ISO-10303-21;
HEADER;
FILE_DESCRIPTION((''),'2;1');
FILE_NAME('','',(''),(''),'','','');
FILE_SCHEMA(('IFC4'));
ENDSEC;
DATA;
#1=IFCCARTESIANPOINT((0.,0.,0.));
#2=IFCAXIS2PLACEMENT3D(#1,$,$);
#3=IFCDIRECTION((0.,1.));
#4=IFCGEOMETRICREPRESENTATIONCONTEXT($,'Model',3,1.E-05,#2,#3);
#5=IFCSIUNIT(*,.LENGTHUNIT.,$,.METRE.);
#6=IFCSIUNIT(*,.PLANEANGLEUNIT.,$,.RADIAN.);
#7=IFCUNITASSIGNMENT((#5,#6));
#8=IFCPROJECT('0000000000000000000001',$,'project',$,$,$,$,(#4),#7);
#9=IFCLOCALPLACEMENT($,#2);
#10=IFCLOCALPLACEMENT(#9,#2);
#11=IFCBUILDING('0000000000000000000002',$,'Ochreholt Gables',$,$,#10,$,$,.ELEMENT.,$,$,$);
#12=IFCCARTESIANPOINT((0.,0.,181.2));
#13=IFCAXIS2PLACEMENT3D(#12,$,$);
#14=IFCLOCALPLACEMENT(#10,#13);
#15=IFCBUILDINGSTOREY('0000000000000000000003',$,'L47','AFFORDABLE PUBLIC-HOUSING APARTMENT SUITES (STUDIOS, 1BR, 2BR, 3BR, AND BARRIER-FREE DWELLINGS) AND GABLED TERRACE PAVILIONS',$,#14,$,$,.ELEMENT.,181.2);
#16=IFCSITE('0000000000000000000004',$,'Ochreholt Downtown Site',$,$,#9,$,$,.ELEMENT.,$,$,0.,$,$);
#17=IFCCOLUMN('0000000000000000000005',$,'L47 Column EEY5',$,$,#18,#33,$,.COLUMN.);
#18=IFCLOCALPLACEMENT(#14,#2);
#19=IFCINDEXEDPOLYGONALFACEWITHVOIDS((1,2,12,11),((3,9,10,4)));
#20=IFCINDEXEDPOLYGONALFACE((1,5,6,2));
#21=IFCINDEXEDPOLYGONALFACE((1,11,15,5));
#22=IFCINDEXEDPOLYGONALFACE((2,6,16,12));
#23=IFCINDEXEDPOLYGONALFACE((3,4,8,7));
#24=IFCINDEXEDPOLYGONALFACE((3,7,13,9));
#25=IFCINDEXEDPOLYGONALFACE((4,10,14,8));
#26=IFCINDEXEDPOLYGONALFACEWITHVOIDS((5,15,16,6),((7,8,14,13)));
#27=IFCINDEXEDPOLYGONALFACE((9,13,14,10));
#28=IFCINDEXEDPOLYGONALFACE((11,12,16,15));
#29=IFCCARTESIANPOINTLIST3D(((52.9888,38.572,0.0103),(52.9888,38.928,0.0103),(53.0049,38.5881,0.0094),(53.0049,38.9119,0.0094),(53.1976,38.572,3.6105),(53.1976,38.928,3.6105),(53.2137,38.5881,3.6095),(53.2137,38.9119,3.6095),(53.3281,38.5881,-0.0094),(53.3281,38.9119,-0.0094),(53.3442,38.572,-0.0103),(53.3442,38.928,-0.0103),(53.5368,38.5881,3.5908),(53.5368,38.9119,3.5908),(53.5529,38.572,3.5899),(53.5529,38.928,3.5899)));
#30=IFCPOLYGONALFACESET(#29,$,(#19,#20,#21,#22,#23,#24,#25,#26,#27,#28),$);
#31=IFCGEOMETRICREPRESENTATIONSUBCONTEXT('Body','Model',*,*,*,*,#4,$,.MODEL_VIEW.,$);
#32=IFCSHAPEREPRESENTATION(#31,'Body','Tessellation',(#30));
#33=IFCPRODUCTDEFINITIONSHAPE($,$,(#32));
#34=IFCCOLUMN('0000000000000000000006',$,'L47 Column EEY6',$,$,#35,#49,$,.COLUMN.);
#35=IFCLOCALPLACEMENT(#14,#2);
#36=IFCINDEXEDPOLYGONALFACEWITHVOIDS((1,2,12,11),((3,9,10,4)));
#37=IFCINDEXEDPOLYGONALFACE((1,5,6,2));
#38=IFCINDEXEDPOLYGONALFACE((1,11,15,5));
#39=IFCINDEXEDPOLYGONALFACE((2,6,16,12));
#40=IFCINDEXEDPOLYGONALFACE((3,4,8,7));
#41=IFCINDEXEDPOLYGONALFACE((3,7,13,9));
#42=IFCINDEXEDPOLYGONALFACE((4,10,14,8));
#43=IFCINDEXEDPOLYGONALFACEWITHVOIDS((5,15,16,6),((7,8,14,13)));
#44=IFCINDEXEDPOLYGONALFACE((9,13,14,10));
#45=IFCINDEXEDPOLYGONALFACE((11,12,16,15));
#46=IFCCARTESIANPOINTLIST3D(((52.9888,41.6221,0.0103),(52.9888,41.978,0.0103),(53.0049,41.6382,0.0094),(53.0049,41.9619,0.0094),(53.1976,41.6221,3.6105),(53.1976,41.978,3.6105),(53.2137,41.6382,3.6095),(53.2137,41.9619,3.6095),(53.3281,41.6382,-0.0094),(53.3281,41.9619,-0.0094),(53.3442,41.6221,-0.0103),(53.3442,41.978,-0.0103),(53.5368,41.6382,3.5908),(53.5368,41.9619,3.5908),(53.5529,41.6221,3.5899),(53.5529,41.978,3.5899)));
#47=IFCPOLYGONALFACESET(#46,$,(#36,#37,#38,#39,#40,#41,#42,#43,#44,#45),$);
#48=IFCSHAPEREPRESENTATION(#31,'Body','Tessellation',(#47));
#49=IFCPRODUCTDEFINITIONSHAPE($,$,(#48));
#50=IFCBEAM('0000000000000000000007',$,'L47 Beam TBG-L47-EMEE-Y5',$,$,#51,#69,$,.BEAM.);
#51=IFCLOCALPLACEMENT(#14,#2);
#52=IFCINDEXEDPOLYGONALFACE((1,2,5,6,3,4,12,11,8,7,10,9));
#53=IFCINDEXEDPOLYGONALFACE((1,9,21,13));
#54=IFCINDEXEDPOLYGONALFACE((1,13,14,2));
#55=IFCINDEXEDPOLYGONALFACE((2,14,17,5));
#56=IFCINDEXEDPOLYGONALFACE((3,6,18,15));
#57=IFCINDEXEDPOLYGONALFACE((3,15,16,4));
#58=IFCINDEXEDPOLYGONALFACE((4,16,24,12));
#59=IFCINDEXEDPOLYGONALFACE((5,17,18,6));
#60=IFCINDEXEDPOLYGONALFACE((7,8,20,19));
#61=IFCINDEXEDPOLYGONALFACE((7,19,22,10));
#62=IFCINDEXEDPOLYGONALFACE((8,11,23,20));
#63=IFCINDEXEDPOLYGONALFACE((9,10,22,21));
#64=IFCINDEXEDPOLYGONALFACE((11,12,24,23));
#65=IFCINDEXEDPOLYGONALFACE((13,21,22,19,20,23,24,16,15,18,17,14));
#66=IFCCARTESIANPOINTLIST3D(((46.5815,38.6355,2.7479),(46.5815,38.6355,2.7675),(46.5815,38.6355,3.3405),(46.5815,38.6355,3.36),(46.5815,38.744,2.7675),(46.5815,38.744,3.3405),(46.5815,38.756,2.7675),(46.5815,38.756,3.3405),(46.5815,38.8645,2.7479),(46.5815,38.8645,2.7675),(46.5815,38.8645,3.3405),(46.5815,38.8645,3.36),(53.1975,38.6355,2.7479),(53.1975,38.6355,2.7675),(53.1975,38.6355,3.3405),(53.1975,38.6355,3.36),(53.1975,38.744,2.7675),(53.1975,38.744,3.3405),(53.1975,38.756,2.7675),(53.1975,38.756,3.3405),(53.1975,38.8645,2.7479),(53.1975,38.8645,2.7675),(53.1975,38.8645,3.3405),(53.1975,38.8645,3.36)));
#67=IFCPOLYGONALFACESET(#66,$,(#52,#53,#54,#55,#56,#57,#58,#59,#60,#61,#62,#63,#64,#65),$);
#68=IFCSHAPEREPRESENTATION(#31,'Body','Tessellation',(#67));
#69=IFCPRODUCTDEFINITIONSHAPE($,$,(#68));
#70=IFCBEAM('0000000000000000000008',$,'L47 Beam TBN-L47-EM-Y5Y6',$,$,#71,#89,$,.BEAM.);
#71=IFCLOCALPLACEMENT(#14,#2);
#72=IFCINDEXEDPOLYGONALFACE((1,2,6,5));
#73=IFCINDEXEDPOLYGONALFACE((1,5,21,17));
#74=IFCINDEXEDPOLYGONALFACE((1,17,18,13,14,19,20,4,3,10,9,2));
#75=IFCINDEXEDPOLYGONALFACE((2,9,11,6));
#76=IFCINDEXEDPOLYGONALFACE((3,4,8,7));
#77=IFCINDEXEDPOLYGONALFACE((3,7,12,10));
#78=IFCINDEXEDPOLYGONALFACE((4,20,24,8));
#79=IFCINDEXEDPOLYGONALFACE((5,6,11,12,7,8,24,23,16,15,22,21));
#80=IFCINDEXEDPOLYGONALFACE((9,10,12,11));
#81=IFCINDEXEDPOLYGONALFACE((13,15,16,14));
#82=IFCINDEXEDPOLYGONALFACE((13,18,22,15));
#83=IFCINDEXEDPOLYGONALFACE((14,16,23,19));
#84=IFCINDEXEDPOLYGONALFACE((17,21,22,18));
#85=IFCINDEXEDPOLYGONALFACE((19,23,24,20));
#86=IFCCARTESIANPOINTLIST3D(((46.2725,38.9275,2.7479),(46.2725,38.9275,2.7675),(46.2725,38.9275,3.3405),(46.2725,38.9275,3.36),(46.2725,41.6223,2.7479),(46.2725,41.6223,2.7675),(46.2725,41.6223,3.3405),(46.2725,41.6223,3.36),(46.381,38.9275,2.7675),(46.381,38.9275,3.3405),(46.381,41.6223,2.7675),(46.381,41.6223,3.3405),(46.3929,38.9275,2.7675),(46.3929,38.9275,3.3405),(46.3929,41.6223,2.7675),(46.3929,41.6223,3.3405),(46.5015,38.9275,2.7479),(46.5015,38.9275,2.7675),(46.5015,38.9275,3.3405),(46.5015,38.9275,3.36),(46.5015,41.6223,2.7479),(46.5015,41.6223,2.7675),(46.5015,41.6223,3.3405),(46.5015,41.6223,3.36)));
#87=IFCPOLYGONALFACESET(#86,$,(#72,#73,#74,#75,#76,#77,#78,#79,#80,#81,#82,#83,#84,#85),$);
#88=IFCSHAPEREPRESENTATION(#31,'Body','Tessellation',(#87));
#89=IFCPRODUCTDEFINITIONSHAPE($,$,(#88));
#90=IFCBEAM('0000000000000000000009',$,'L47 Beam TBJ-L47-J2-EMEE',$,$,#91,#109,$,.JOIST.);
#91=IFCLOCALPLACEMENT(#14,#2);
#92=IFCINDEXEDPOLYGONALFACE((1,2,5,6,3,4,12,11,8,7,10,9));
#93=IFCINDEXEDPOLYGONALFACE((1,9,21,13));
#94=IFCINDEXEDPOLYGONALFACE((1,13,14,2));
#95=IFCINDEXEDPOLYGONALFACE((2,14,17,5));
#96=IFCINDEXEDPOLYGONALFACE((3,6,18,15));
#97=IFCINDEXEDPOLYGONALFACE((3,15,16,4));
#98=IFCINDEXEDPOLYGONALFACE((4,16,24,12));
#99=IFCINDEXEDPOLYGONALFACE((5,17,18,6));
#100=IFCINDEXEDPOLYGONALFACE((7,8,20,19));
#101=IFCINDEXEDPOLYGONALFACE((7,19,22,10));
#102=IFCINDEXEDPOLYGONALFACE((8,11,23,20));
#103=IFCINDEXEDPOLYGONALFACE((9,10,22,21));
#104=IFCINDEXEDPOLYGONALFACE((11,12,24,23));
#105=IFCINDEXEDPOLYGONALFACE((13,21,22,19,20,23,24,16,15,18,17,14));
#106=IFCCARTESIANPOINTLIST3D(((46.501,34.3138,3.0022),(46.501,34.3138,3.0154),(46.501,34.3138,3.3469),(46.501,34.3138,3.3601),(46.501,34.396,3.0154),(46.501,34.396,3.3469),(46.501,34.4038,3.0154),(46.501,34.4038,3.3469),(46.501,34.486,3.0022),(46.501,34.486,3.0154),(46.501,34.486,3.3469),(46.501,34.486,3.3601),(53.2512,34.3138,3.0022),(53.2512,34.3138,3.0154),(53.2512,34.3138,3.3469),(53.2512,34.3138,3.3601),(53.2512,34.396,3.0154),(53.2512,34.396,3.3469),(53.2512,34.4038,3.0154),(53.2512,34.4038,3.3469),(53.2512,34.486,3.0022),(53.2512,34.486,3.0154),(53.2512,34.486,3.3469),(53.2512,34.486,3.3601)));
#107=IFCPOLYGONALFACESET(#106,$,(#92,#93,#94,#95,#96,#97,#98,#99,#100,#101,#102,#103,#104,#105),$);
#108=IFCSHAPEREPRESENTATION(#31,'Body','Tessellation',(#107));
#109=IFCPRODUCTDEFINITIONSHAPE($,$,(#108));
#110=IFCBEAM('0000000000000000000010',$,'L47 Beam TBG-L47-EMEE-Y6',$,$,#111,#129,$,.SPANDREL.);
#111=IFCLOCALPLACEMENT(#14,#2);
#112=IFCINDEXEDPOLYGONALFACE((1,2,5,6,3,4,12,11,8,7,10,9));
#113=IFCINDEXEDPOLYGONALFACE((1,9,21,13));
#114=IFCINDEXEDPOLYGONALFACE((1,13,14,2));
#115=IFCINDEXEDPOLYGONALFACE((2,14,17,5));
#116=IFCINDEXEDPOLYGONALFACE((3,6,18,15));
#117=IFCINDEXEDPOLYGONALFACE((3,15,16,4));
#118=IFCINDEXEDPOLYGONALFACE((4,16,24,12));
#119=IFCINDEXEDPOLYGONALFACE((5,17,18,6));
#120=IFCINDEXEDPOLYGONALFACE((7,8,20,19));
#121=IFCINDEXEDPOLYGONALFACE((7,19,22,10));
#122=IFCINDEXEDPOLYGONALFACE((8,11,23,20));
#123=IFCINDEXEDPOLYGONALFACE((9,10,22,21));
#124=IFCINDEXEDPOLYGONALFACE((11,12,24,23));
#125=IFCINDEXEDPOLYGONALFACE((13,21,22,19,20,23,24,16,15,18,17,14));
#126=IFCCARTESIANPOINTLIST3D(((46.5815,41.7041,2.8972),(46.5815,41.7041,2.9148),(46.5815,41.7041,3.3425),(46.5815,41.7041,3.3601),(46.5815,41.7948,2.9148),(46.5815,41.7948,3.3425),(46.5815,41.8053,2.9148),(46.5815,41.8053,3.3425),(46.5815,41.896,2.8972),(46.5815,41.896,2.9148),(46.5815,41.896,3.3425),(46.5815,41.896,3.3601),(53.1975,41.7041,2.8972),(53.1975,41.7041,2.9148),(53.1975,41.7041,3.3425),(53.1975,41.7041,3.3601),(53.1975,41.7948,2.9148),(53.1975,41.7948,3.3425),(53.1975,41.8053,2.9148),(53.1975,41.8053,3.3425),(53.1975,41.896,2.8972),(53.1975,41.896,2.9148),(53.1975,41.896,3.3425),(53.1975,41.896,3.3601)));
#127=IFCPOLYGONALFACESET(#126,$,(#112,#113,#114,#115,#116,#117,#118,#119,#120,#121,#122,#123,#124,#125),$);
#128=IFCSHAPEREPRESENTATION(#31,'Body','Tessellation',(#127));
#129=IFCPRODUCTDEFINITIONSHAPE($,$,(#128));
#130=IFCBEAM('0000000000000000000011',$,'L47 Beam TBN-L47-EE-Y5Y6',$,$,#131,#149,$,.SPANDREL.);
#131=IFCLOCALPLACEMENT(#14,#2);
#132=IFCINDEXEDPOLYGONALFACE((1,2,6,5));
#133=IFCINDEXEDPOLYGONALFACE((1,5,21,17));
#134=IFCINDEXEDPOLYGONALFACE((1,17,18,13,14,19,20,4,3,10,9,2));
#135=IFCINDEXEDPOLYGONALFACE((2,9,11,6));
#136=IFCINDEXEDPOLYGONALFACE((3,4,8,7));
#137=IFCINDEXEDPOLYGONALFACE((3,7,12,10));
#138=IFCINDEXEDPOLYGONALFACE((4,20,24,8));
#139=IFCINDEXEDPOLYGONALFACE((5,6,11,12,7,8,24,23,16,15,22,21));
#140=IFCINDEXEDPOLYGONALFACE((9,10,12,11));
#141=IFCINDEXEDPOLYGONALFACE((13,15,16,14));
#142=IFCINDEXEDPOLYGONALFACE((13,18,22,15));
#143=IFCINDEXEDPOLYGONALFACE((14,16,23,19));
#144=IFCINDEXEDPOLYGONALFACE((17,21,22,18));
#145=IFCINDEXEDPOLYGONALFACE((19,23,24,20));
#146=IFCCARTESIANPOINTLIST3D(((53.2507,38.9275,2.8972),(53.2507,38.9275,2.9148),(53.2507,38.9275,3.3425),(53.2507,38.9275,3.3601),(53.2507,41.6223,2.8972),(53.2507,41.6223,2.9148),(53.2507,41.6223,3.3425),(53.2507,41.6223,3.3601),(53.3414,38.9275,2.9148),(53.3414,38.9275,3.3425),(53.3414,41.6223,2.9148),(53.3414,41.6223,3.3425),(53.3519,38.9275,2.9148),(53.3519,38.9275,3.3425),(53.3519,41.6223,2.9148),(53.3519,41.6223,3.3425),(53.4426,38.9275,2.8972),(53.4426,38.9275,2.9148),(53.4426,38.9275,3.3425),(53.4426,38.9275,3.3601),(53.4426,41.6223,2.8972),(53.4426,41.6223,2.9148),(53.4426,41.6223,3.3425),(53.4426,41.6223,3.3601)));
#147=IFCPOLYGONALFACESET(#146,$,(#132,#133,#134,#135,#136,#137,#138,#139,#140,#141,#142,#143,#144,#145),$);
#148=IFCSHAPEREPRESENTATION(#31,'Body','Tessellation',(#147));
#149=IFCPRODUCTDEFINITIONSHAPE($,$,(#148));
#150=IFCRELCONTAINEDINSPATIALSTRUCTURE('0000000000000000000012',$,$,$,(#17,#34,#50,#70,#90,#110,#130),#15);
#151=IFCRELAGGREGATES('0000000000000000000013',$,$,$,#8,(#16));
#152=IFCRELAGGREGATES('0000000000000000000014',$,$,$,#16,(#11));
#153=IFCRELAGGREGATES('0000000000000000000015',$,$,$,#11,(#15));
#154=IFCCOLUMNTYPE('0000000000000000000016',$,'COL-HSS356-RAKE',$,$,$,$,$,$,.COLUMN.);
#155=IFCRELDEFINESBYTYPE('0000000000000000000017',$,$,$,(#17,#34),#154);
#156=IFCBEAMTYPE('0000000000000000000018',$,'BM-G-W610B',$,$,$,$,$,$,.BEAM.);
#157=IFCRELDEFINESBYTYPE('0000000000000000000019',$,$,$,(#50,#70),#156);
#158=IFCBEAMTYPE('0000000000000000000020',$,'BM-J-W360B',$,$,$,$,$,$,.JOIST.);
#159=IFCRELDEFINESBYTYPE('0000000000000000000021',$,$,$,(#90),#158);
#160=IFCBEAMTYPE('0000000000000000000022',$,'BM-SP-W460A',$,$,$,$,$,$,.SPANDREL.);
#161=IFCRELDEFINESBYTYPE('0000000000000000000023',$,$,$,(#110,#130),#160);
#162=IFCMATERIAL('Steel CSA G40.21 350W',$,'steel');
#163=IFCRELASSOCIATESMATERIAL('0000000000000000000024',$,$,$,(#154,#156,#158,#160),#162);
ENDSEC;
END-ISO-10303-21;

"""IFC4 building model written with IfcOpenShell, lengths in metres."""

from ifc_helpers import new_model, si_unit, direction, frame, origin, origin_2d, place, context, subcontext, project, spatial, hollow_rectangle, i_section, extrude, material, material_profile, profile_set, type_object, element, save


model = new_model("IFC4")

# Units and contexts
model_context = context("Model", 3, precision=1e-05, world=origin(), true_north=direction((0.0, 1.0)))
body_context = subcontext(model_context, "Body", "Model", "MODEL_VIEW")
ifc_project = project(units=[si_unit("LENGTHUNIT", "METRE"), si_unit("PLANEANGLEUNIT", "RADIAN")], contexts=[model_context])

# Site, building, storey
site_placement = place(None, origin())
site = spatial("IfcSite", under=ifc_project, at=site_placement, Name="Ochreholt Downtown Site", CompositionType="ELEMENT", RefElevation=0.0)
building_placement = place(site_placement, origin())
building = spatial("IfcBuilding", under=site, at=building_placement, Name="Ochreholt Gables", CompositionType="ELEMENT")
storey_placement = place(building_placement, frame((0.0, 0.0, 181.2)))
storey = spatial("IfcBuildingStorey", under=building, at=storey_placement, Name="L47", Description="AFFORDABLE PUBLIC-HOUSING APARTMENT SUITES (STUDIOS, 1BR, 2BR, 3BR, AND BARRIER-FREE DWELLINGS) AND GABLED TERRACE PAVILIONS", CompositionType="ELEMENT", Elevation=181.2)

# Columns
ifc_material_1 = material(Name="Steel CSA G40.21 350W", Category="steel")
ifc_material_profile_1 = material_profile(ifc_material_1, hollow_rectangle(XDim=0.356, YDim=0.356, WallThickness=0.0161, at=origin_2d()), Name="HSS356X356X16")
ifc_profile_set_1 = profile_set([ifc_material_profile_1], Name="Steel CSA G40.21 350W")
column_type = type_object("IfcColumnType", Name="COL-HSS356-RAKE", PredefinedType="COLUMN", material=ifc_profile_set_1)
for number, where, z_axis, x_axis, name in (
    (1, (53.1665, 38.75, 0.0), (0.057885, 0.0, 0.998323), (0.0, 1.0, 0.0), "L47 Column EEY5"),
    (2, (53.1665, 41.8, 0.0), (0.057885, 0.0, 0.998323), (0.0, 1.0, 0.0), "L47 Column EEY6"),
):
    element("IfcColumn", number, at=place(storey_placement, frame(where, z_axis=z_axis, x_axis=x_axis)), inside=storey, type_object=column_type, Name=name, PredefinedType="COLUMN", context=body_context, shape_type="SweptSolid", body=[
        extrude(hollow_rectangle(XDim=0.356, YDim=0.356, WallThickness=0.0161, at=origin_2d()), origin(), (0.0, 0.0, 1.0), 3.6062),
    ])

# Beams
ifc_material_profile_2 = material_profile(ifc_material_1, i_section(OverallWidth=0.229, OverallDepth=0.6121, WebThickness=0.012, FlangeThickness=0.0195, at=origin_2d()), Name="W610X125")
ifc_profile_set_2 = profile_set([ifc_material_profile_2], Name="Steel CSA G40.21 350W")
beam_type_1 = type_object("IfcBeamType", Name="BM-G-W610B", PredefinedType="BEAM", material=ifc_profile_set_2)
beam_1_placement = place(storey_placement, frame((46.5815, 38.75, 3.054), z_axis=(1.0, 0.0, 0.0), x_axis=(0.0, 1.0, 0.0)))
element("IfcBeam", 3, at=beam_1_placement, inside=storey, type_object=beam_type_1, Name="L47 Beam TBG-L47-EMEE-Y5", PredefinedType="BEAM", context=body_context, shape_type="SweptSolid", body=[
    extrude(i_section(OverallWidth=0.229, OverallDepth=0.6121, WebThickness=0.012, FlangeThickness=0.0195, at=origin_2d()), origin(), (0.0, 0.0, 1.0), 6.616),
])
beam_2_placement = place(storey_placement, frame((46.387, 38.9275, 3.054), z_axis=(0.0, 1.0, 0.0), x_axis=(-1.0, 0.0, 0.0)))
element("IfcBeam", 4, at=beam_2_placement, inside=storey, type_object=beam_type_1, Name="L47 Beam TBN-L47-EM-Y5Y6", PredefinedType="BEAM", context=body_context, shape_type="SweptSolid", body=[
    extrude(i_section(OverallWidth=0.229, OverallDepth=0.6121, WebThickness=0.012, FlangeThickness=0.0195, at=origin_2d()), origin(), (0.0, 0.0, 1.0), 2.6948),
])
ifc_material_profile_3 = material_profile(ifc_material_1, i_section(OverallWidth=0.1721, OverallDepth=0.3579, WebThickness=0.0078, FlangeThickness=0.0132, at=origin_2d()), Name="W360X57")
ifc_profile_set_3 = profile_set([ifc_material_profile_3], Name="Steel CSA G40.21 350W")
beam_type_2 = type_object("IfcBeamType", Name="BM-J-W360B", PredefinedType="JOIST", material=ifc_profile_set_3)
beam_3_placement = place(storey_placement, frame((46.501, 34.3999, 3.1812), z_axis=(1.0, 0.0, 0.0), x_axis=(0.0, 1.0, 0.0)))
element("IfcBeam", 5, at=beam_3_placement, inside=storey, type_object=beam_type_2, Name="L47 Beam TBJ-L47-J2-EMEE", PredefinedType="JOIST", context=body_context, shape_type="SweptSolid", body=[
    extrude(i_section(OverallWidth=0.1721, OverallDepth=0.3579, WebThickness=0.0078, FlangeThickness=0.0132, at=origin_2d()), origin(), (0.0, 0.0, 1.0), 6.7502),
])
ifc_material_profile_4 = material_profile(ifc_material_1, i_section(OverallWidth=0.1919, OverallDepth=0.4629, WebThickness=0.0105, FlangeThickness=0.0176, at=origin_2d()), Name="W460X89")
ifc_profile_set_4 = profile_set([ifc_material_profile_4], Name="Steel CSA G40.21 350W")
beam_type_3 = type_object("IfcBeamType", Name="BM-SP-W460A", PredefinedType="SPANDREL", material=ifc_profile_set_4)
beam_4_placement = place(storey_placement, frame((46.5815, 41.8, 3.1287), z_axis=(1.0, 0.0, 0.0), x_axis=(0.0, 1.0, 0.0)))
element("IfcBeam", 6, at=beam_4_placement, inside=storey, type_object=beam_type_3, Name="L47 Beam TBG-L47-EMEE-Y6", PredefinedType="SPANDREL", context=body_context, shape_type="SweptSolid", body=[
    extrude(i_section(OverallWidth=0.1919, OverallDepth=0.4629, WebThickness=0.0105, FlangeThickness=0.0176, at=origin_2d()), origin(), (0.0, 0.0, 1.0), 6.616),
])
beam_5_placement = place(storey_placement, frame((53.3467, 38.9275, 3.1287), z_axis=(0.0, 1.0, 0.0), x_axis=(-1.0, 0.0, 0.0)))
element("IfcBeam", 7, at=beam_5_placement, inside=storey, type_object=beam_type_3, Name="L47 Beam TBN-L47-EE-Y5Y6", PredefinedType="SPANDREL", context=body_context, shape_type="SweptSolid", body=[
    extrude(i_section(OverallWidth=0.1919, OverallDepth=0.4629, WebThickness=0.0105, FlangeThickness=0.0176, at=origin_2d()), origin(), (0.0, 0.0, 1.0), 2.6948),
])

save(model, "model.ifc")
